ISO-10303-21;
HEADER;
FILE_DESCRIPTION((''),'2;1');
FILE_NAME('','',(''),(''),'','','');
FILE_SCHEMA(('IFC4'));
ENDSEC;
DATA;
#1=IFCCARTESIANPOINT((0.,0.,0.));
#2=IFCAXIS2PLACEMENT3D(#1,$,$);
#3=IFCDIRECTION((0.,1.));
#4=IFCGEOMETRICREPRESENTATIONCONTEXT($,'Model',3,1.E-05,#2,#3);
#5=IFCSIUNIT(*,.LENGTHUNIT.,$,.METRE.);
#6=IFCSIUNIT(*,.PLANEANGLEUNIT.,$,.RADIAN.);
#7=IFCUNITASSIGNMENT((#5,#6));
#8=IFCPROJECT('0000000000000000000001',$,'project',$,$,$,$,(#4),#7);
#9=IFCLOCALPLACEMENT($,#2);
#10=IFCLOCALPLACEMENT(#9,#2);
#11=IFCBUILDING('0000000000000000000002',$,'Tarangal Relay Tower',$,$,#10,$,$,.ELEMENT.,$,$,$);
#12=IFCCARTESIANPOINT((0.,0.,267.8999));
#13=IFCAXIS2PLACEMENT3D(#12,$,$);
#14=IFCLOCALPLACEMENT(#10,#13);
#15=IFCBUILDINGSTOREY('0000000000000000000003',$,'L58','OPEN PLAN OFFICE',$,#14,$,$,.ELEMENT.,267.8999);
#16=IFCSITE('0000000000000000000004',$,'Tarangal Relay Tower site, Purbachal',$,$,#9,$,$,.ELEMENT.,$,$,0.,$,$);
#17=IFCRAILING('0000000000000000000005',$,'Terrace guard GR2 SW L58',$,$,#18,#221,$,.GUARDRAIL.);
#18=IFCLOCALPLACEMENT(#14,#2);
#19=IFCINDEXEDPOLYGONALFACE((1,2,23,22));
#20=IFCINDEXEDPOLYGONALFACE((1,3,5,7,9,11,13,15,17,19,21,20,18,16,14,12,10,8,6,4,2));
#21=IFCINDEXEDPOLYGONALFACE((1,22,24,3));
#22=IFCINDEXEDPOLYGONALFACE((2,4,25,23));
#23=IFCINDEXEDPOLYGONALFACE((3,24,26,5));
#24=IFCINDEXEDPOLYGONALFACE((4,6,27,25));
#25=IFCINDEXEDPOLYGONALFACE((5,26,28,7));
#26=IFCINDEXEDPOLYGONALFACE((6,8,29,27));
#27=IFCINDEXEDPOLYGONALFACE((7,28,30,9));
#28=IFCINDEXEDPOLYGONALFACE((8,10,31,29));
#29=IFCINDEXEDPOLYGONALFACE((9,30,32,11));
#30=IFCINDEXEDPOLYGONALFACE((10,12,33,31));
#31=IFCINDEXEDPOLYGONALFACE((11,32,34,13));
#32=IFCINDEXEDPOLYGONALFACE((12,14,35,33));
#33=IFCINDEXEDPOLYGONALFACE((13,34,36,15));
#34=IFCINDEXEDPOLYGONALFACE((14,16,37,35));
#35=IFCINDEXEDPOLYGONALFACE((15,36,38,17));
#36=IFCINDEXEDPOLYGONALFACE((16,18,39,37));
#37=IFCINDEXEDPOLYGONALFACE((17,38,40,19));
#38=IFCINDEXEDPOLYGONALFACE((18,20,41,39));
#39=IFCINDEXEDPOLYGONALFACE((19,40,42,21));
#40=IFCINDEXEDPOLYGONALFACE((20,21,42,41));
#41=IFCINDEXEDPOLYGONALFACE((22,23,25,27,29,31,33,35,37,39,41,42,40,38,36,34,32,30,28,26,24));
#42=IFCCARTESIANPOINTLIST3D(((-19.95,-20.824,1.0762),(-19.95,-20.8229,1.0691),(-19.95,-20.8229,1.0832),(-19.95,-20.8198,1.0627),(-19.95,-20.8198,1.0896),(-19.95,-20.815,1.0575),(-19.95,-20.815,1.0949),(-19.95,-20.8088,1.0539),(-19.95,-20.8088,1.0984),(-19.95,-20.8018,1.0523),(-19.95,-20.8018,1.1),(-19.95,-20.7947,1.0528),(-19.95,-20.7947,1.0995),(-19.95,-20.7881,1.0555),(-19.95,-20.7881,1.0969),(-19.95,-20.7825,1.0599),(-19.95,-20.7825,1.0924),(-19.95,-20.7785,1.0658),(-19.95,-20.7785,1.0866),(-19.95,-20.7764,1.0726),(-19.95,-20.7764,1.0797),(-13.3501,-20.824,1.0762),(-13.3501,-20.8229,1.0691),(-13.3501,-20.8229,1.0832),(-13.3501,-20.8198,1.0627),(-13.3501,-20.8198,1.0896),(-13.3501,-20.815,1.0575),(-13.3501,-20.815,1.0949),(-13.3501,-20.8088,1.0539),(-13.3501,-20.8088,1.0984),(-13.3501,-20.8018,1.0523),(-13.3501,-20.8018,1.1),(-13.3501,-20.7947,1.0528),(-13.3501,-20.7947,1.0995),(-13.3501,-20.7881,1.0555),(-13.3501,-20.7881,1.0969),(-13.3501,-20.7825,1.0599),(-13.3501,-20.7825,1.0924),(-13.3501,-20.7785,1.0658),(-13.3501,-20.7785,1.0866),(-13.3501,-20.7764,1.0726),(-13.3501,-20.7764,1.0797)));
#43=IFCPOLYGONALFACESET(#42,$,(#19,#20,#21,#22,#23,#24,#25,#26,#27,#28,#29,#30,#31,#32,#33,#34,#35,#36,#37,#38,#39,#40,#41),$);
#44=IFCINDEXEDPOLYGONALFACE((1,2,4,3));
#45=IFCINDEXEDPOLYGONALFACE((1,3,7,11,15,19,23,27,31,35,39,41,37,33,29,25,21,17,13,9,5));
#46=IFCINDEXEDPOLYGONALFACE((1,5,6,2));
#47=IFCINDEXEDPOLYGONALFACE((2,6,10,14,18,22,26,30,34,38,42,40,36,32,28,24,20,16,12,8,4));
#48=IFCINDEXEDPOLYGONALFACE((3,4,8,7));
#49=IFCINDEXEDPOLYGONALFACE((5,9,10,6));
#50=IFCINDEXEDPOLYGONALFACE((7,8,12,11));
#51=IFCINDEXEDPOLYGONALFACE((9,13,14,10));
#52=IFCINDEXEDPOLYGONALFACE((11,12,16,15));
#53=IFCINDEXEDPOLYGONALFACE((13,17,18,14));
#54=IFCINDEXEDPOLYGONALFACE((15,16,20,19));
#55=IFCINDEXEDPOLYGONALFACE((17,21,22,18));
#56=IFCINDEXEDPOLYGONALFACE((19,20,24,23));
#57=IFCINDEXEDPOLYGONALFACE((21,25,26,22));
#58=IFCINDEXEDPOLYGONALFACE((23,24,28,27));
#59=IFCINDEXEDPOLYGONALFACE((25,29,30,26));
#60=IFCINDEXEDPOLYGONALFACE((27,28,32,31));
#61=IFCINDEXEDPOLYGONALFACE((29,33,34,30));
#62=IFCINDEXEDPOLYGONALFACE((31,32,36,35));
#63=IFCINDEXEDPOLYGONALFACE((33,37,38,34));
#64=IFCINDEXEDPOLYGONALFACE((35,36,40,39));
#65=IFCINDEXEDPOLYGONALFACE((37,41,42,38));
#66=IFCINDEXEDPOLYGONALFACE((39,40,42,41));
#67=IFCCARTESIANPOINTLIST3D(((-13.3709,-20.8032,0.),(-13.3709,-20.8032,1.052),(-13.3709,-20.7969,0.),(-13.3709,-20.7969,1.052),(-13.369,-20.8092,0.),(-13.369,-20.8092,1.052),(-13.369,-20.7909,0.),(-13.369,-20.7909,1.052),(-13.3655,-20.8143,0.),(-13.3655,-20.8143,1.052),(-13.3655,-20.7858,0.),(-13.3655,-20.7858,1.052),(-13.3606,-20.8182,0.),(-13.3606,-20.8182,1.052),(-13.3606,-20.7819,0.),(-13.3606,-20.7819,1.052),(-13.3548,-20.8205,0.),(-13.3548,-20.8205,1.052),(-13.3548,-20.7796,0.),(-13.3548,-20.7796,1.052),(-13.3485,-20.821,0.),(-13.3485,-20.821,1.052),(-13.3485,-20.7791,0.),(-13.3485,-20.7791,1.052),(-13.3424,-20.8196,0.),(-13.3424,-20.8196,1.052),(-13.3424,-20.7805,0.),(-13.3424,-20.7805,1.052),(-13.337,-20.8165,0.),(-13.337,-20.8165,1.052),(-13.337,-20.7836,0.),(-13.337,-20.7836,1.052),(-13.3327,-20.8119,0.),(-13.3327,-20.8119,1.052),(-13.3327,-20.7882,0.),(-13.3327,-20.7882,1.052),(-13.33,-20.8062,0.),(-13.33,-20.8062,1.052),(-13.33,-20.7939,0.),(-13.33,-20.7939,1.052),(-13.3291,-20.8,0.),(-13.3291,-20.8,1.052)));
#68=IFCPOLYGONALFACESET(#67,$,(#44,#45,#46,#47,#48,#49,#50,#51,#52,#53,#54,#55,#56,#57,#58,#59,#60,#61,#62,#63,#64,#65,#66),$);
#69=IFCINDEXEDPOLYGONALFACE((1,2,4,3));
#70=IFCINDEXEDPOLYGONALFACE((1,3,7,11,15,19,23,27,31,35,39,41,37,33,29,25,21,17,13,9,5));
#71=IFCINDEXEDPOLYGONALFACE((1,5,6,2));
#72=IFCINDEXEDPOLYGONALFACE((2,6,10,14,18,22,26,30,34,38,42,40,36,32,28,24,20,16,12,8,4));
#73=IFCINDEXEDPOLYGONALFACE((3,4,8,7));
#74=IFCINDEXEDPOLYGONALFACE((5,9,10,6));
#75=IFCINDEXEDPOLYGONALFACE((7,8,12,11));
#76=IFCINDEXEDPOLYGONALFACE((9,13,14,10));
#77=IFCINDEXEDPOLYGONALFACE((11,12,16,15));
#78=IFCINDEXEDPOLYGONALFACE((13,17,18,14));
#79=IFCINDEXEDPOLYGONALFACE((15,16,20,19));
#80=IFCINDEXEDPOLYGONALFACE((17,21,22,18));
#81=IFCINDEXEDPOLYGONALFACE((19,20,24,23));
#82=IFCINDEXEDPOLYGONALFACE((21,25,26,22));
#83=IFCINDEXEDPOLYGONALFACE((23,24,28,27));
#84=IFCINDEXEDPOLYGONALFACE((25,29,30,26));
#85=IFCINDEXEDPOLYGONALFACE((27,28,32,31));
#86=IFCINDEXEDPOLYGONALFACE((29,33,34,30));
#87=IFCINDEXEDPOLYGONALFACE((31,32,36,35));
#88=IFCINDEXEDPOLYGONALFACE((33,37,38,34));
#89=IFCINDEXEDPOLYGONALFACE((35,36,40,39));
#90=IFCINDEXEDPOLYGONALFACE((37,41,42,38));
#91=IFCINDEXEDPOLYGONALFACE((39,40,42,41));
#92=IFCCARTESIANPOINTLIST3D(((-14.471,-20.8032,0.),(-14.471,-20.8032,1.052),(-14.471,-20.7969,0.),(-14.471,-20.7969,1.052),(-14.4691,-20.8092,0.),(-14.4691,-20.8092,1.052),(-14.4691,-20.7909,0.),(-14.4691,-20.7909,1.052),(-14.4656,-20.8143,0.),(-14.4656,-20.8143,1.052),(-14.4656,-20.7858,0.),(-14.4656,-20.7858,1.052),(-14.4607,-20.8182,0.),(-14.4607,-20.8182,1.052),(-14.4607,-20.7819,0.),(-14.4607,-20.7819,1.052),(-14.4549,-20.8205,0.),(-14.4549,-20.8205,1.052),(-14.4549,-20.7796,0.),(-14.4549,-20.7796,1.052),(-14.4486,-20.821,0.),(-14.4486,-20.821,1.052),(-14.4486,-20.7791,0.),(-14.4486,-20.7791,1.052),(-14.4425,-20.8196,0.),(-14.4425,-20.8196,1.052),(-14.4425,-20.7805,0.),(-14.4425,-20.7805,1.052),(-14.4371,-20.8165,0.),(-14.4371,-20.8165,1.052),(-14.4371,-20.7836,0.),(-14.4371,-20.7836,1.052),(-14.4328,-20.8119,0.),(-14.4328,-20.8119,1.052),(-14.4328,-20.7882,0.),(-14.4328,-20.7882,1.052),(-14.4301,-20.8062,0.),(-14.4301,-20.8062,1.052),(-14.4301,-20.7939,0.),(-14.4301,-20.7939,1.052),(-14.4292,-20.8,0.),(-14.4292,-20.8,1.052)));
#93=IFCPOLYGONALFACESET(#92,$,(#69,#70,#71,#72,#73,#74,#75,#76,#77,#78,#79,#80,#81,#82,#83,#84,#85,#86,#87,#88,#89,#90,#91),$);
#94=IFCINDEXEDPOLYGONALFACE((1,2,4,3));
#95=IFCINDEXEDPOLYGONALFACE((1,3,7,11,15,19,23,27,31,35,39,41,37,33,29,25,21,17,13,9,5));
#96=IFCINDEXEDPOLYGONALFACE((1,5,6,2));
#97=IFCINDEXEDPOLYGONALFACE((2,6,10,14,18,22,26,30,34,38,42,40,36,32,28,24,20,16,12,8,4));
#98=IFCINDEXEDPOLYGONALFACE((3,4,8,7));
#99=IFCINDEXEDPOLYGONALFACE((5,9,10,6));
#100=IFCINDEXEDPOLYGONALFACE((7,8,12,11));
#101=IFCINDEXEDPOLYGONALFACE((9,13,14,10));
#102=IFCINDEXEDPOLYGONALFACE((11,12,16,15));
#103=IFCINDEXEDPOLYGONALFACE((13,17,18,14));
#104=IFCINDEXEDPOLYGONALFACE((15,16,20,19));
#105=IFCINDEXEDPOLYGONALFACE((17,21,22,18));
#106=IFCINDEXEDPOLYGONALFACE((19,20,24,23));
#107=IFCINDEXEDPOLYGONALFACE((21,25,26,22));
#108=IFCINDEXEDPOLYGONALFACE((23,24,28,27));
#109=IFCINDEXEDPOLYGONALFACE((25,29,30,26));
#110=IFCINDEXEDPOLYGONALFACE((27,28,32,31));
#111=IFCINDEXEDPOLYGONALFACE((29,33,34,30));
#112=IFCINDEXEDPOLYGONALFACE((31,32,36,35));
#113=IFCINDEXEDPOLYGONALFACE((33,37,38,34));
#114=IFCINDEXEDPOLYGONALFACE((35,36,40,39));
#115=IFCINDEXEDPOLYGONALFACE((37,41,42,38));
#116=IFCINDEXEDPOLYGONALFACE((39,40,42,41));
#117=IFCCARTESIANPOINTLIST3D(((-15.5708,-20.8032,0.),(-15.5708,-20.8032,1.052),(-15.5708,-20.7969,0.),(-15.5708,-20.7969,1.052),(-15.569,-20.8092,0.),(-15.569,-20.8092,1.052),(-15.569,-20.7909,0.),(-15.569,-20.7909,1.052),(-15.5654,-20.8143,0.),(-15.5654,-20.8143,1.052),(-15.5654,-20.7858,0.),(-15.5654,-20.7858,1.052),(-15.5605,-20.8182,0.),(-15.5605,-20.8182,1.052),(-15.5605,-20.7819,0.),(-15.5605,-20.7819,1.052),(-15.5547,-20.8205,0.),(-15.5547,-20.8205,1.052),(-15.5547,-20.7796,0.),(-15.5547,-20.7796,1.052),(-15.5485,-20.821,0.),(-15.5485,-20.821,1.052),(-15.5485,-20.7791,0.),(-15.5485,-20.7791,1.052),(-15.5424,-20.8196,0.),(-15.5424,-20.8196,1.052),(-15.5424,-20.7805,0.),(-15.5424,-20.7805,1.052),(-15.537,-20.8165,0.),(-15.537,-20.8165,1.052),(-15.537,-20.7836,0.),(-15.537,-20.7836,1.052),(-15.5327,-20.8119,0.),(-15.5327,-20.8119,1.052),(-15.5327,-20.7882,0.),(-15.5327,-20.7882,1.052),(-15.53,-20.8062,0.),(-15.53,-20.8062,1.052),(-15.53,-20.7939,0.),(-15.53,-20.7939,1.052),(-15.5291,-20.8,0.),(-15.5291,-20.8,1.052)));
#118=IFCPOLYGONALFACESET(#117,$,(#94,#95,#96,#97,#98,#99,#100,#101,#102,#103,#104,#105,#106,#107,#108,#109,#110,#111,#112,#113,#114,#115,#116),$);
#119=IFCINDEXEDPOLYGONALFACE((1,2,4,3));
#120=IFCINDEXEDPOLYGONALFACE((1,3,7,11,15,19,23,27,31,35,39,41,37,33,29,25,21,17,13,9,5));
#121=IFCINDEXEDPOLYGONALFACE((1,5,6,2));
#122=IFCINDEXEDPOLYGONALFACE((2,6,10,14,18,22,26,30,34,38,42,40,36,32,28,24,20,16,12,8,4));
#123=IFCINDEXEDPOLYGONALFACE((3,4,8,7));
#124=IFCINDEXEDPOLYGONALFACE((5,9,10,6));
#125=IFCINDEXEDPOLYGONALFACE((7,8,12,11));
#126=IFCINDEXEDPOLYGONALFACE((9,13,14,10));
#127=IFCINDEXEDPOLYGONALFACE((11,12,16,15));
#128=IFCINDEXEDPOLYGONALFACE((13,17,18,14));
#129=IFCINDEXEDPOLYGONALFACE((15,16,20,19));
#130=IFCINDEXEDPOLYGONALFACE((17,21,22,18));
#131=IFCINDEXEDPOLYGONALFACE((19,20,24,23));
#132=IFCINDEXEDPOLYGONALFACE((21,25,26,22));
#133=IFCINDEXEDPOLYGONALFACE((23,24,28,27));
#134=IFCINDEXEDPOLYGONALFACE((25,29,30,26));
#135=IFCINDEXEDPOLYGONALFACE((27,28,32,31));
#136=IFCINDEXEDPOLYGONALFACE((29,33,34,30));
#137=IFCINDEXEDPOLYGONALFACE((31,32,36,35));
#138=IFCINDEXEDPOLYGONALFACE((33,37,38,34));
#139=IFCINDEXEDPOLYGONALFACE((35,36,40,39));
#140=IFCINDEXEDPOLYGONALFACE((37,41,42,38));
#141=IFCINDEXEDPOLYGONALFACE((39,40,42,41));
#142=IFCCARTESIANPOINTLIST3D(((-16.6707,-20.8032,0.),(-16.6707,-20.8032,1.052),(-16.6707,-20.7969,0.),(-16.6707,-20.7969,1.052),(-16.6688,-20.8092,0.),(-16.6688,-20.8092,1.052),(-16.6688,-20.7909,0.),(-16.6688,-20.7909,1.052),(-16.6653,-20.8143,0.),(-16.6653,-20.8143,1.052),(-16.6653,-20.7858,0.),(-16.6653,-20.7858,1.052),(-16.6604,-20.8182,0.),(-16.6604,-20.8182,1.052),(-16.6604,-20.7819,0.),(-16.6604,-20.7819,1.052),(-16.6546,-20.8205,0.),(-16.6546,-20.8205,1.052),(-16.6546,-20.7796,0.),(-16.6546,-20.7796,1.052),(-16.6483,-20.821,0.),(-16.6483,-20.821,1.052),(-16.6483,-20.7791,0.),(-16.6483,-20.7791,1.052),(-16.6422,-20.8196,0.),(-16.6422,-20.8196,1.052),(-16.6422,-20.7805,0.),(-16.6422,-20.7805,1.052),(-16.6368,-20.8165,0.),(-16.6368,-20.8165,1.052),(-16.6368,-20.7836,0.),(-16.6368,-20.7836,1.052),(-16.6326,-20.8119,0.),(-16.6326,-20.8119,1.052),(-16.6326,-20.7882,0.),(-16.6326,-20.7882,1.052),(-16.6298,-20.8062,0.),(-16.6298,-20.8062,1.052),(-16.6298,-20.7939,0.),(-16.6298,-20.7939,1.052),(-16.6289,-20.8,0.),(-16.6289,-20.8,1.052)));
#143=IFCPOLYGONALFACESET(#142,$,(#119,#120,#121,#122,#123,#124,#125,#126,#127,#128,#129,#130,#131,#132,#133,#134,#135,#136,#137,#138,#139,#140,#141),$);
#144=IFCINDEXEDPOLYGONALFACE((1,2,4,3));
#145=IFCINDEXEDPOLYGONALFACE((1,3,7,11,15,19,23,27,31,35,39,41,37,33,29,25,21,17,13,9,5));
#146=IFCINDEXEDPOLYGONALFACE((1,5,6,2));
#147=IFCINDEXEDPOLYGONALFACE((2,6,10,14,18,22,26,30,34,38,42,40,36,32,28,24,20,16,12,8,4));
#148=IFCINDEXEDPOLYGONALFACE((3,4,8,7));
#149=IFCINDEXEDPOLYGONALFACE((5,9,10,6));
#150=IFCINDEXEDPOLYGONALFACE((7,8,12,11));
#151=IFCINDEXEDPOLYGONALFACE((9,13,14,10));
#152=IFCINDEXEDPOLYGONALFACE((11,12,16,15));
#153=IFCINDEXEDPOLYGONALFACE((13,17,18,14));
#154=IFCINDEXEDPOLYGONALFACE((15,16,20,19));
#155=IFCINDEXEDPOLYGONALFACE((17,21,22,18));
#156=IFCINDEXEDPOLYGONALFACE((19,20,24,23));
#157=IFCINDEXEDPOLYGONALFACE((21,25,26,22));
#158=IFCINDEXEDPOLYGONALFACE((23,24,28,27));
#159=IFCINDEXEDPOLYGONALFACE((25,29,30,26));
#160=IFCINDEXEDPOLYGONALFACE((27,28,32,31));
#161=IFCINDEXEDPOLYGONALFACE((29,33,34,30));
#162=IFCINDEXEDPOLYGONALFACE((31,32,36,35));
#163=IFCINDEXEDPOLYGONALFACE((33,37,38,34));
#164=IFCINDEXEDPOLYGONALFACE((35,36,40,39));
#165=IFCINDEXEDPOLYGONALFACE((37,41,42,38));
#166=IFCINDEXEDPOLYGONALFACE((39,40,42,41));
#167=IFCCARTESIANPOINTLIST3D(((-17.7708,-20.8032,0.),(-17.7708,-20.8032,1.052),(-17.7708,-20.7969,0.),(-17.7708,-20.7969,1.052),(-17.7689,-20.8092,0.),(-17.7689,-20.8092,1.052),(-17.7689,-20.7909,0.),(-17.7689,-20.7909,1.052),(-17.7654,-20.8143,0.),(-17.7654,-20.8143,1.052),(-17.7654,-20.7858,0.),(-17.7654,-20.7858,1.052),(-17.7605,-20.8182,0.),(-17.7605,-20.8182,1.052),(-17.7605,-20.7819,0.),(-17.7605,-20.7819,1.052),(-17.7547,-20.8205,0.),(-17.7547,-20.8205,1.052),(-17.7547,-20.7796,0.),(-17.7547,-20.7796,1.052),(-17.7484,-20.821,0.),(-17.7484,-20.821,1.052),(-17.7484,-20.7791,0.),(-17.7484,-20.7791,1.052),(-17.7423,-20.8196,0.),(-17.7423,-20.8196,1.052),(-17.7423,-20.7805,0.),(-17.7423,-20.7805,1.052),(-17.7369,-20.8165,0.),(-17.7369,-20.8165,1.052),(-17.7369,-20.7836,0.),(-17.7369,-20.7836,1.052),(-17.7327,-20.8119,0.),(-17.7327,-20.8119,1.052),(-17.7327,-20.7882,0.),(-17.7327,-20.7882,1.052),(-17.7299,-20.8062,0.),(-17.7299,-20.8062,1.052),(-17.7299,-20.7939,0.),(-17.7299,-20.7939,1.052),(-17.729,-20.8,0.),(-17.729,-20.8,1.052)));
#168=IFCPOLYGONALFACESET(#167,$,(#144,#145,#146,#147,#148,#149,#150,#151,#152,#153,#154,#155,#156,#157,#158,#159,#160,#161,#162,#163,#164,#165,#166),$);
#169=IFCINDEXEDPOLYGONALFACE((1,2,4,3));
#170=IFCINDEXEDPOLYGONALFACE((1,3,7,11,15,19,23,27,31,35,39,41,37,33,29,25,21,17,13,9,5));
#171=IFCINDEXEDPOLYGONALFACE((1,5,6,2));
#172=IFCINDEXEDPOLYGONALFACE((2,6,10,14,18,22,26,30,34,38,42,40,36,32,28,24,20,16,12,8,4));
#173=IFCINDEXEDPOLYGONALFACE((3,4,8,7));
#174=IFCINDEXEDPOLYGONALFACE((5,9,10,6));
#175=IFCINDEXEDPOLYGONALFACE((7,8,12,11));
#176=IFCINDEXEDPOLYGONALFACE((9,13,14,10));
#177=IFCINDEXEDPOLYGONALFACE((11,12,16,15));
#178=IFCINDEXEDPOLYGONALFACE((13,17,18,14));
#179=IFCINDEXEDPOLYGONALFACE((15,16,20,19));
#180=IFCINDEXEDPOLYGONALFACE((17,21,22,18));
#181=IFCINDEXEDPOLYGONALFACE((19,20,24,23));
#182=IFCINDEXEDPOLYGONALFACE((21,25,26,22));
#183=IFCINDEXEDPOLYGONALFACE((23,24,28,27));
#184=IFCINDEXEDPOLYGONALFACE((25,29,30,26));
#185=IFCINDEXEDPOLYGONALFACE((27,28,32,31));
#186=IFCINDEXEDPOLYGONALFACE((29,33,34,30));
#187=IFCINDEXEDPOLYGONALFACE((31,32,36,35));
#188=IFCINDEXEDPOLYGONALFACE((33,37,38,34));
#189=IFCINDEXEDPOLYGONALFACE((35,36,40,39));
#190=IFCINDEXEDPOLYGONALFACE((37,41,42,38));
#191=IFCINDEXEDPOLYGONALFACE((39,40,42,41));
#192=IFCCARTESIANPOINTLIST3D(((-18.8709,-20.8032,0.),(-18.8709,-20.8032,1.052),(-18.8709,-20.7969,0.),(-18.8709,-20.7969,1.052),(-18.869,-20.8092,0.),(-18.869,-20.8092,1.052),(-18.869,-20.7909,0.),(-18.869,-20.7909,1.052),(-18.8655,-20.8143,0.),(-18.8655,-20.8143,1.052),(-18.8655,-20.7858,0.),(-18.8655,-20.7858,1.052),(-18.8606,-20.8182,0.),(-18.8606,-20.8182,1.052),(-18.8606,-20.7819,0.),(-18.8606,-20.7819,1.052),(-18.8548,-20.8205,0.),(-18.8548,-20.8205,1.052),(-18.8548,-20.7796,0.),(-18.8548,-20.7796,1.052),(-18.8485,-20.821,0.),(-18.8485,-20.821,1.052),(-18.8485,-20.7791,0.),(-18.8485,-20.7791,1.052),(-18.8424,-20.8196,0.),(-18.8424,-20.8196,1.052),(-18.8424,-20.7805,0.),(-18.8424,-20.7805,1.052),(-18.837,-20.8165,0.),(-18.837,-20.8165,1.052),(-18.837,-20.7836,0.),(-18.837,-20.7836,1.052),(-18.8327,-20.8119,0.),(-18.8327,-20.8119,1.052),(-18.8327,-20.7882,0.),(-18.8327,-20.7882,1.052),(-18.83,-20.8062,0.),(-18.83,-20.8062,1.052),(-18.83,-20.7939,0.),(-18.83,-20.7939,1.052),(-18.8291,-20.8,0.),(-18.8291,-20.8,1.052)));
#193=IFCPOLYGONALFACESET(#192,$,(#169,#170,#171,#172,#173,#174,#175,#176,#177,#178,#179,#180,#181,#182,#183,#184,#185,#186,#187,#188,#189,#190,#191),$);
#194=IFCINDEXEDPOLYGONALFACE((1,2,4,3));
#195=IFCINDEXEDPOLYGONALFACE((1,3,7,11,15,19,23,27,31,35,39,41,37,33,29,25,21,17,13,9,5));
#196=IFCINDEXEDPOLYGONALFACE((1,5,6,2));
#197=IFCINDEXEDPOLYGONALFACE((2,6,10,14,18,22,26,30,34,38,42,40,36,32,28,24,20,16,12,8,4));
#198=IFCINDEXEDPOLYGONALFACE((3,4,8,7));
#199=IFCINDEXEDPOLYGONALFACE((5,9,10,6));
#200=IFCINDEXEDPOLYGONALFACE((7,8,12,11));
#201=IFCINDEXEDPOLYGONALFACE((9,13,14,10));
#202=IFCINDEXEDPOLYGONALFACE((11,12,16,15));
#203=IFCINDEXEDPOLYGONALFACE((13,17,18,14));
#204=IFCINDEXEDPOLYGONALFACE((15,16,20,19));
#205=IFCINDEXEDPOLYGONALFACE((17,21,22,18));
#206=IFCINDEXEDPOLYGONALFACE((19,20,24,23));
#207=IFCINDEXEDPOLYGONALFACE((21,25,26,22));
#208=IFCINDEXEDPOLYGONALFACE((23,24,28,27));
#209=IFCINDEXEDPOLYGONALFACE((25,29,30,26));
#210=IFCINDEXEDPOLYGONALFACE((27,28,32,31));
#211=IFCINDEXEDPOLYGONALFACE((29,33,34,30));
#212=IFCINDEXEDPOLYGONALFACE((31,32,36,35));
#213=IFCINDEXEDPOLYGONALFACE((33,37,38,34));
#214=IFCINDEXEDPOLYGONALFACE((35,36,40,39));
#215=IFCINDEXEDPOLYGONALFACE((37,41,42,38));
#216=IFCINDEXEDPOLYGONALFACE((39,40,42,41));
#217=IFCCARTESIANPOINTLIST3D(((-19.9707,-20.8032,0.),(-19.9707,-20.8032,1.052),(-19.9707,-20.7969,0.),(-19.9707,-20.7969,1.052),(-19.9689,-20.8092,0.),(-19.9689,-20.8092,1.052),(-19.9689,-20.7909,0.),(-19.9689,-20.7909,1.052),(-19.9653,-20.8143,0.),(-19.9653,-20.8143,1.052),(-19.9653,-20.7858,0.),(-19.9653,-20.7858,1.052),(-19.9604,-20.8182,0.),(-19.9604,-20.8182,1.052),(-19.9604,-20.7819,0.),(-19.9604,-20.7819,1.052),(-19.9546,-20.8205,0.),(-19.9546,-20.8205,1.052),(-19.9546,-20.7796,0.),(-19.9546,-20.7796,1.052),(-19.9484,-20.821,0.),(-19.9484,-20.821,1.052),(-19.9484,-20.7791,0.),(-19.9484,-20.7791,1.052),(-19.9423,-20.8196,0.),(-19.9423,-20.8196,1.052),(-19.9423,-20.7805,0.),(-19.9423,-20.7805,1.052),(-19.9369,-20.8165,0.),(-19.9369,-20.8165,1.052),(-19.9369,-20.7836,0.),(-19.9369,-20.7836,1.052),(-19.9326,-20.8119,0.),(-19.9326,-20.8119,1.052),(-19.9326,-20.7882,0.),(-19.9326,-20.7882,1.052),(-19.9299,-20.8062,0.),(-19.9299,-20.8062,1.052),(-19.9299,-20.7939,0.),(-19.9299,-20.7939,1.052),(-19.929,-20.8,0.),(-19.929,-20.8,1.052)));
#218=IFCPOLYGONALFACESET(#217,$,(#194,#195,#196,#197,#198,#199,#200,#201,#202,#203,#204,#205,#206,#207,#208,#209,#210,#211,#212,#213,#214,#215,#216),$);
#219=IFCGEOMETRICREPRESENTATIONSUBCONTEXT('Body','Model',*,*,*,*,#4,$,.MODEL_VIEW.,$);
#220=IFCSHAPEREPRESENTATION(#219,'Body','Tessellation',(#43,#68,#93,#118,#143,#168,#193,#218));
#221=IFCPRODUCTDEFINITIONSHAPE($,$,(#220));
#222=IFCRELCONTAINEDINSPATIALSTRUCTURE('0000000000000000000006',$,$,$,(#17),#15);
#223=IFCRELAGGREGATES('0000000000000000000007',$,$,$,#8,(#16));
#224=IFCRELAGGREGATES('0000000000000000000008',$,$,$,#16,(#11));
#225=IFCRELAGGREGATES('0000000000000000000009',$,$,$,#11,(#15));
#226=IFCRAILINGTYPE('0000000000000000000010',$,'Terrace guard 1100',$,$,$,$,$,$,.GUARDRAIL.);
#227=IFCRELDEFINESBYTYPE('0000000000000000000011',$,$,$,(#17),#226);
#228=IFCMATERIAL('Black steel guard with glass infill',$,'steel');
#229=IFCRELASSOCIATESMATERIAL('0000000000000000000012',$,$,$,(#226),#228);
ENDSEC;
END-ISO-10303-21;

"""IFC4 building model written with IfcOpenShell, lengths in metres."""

from ifc_helpers import new_model, si_unit, direction, frame, origin, origin_2d, place, context, subcontext, project, spatial, circle, extrude, material, type_object, element, save


model = new_model("IFC4")

# Units and contexts
model_context = context("Model", 3, precision=1e-05, world=origin(), true_north=direction((0.0, 1.0)))
body_context = subcontext(model_context, "Body", "Model", "MODEL_VIEW")
ifc_project = project(units=[si_unit("LENGTHUNIT", "METRE"), si_unit("PLANEANGLEUNIT", "RADIAN")], contexts=[model_context])

# Site, building, storey
site_placement = place(None, origin())
site = spatial("IfcSite", under=ifc_project, at=site_placement, Name="Tarangal Relay Tower site, Purbachal", CompositionType="ELEMENT", RefElevation=0.0)
building_placement = place(site_placement, origin())
building = spatial("IfcBuilding", under=site, at=building_placement, Name="Tarangal Relay Tower", CompositionType="ELEMENT")
storey_placement = place(building_placement, frame((0.0, 0.0, 267.8999)))
storey = spatial("IfcBuildingStorey", under=building, at=storey_placement, Name="L58", Description="OPEN PLAN OFFICE", CompositionType="ELEMENT", Elevation=267.8999)

# Railing
ifc_material_1 = material(Name="Black steel guard with glass infill", Category="steel")
railing_type = type_object("IfcRailingType", Name="Terrace guard 1100", PredefinedType="GUARDRAIL", material=ifc_material_1)
railing_1_placement = place(storey_placement, frame((-13.3501, -20.8, 0.0)))
element("IfcRailing", 1, at=railing_1_placement, inside=storey, type_object=railing_type, Name="Terrace guard GR2 SW L58", PredefinedType="GUARDRAIL", context=body_context, shape_type="SweptSolid", body=[
    extrude(circle(Radius=0.0239, at=origin_2d()), frame((0.0, 0.0, 1.0762), z_axis=(-1.0, 0.0, 0.0), x_axis=(0.0, -1.0, 0.0)), (0.0, 0.0, 1.0), 6.5999),
    extrude(circle(Radius=0.021, at=origin_2d()), origin(), (0.0, 0.0, 1.0), 1.052),
    extrude(circle(Radius=0.021, at=origin_2d()), frame((-1.1001, 0.0, 0.0)), (0.0, 0.0, 1.0), 1.052),
    extrude(circle(Radius=0.021, at=origin_2d()), frame((-2.2, 0.0, 0.0)), (0.0, 0.0, 1.0), 1.052),
    extrude(circle(Radius=0.021, at=origin_2d()), frame((-3.2998, 0.0, 0.0)), (0.0, 0.0, 1.0), 1.052),
    extrude(circle(Radius=0.021, at=origin_2d()), frame((-4.3999, 0.0, 0.0)), (0.0, 0.0, 1.0), 1.052),
    extrude(circle(Radius=0.021, at=origin_2d()), frame((-5.5, 0.0, 0.0)), (0.0, 0.0, 1.0), 1.052),
    extrude(circle(Radius=0.021, at=origin_2d()), frame((-6.5999, 0.0, 0.0)), (0.0, 0.0, 1.0), 1.052),
])

save(model, "model.ifc")
